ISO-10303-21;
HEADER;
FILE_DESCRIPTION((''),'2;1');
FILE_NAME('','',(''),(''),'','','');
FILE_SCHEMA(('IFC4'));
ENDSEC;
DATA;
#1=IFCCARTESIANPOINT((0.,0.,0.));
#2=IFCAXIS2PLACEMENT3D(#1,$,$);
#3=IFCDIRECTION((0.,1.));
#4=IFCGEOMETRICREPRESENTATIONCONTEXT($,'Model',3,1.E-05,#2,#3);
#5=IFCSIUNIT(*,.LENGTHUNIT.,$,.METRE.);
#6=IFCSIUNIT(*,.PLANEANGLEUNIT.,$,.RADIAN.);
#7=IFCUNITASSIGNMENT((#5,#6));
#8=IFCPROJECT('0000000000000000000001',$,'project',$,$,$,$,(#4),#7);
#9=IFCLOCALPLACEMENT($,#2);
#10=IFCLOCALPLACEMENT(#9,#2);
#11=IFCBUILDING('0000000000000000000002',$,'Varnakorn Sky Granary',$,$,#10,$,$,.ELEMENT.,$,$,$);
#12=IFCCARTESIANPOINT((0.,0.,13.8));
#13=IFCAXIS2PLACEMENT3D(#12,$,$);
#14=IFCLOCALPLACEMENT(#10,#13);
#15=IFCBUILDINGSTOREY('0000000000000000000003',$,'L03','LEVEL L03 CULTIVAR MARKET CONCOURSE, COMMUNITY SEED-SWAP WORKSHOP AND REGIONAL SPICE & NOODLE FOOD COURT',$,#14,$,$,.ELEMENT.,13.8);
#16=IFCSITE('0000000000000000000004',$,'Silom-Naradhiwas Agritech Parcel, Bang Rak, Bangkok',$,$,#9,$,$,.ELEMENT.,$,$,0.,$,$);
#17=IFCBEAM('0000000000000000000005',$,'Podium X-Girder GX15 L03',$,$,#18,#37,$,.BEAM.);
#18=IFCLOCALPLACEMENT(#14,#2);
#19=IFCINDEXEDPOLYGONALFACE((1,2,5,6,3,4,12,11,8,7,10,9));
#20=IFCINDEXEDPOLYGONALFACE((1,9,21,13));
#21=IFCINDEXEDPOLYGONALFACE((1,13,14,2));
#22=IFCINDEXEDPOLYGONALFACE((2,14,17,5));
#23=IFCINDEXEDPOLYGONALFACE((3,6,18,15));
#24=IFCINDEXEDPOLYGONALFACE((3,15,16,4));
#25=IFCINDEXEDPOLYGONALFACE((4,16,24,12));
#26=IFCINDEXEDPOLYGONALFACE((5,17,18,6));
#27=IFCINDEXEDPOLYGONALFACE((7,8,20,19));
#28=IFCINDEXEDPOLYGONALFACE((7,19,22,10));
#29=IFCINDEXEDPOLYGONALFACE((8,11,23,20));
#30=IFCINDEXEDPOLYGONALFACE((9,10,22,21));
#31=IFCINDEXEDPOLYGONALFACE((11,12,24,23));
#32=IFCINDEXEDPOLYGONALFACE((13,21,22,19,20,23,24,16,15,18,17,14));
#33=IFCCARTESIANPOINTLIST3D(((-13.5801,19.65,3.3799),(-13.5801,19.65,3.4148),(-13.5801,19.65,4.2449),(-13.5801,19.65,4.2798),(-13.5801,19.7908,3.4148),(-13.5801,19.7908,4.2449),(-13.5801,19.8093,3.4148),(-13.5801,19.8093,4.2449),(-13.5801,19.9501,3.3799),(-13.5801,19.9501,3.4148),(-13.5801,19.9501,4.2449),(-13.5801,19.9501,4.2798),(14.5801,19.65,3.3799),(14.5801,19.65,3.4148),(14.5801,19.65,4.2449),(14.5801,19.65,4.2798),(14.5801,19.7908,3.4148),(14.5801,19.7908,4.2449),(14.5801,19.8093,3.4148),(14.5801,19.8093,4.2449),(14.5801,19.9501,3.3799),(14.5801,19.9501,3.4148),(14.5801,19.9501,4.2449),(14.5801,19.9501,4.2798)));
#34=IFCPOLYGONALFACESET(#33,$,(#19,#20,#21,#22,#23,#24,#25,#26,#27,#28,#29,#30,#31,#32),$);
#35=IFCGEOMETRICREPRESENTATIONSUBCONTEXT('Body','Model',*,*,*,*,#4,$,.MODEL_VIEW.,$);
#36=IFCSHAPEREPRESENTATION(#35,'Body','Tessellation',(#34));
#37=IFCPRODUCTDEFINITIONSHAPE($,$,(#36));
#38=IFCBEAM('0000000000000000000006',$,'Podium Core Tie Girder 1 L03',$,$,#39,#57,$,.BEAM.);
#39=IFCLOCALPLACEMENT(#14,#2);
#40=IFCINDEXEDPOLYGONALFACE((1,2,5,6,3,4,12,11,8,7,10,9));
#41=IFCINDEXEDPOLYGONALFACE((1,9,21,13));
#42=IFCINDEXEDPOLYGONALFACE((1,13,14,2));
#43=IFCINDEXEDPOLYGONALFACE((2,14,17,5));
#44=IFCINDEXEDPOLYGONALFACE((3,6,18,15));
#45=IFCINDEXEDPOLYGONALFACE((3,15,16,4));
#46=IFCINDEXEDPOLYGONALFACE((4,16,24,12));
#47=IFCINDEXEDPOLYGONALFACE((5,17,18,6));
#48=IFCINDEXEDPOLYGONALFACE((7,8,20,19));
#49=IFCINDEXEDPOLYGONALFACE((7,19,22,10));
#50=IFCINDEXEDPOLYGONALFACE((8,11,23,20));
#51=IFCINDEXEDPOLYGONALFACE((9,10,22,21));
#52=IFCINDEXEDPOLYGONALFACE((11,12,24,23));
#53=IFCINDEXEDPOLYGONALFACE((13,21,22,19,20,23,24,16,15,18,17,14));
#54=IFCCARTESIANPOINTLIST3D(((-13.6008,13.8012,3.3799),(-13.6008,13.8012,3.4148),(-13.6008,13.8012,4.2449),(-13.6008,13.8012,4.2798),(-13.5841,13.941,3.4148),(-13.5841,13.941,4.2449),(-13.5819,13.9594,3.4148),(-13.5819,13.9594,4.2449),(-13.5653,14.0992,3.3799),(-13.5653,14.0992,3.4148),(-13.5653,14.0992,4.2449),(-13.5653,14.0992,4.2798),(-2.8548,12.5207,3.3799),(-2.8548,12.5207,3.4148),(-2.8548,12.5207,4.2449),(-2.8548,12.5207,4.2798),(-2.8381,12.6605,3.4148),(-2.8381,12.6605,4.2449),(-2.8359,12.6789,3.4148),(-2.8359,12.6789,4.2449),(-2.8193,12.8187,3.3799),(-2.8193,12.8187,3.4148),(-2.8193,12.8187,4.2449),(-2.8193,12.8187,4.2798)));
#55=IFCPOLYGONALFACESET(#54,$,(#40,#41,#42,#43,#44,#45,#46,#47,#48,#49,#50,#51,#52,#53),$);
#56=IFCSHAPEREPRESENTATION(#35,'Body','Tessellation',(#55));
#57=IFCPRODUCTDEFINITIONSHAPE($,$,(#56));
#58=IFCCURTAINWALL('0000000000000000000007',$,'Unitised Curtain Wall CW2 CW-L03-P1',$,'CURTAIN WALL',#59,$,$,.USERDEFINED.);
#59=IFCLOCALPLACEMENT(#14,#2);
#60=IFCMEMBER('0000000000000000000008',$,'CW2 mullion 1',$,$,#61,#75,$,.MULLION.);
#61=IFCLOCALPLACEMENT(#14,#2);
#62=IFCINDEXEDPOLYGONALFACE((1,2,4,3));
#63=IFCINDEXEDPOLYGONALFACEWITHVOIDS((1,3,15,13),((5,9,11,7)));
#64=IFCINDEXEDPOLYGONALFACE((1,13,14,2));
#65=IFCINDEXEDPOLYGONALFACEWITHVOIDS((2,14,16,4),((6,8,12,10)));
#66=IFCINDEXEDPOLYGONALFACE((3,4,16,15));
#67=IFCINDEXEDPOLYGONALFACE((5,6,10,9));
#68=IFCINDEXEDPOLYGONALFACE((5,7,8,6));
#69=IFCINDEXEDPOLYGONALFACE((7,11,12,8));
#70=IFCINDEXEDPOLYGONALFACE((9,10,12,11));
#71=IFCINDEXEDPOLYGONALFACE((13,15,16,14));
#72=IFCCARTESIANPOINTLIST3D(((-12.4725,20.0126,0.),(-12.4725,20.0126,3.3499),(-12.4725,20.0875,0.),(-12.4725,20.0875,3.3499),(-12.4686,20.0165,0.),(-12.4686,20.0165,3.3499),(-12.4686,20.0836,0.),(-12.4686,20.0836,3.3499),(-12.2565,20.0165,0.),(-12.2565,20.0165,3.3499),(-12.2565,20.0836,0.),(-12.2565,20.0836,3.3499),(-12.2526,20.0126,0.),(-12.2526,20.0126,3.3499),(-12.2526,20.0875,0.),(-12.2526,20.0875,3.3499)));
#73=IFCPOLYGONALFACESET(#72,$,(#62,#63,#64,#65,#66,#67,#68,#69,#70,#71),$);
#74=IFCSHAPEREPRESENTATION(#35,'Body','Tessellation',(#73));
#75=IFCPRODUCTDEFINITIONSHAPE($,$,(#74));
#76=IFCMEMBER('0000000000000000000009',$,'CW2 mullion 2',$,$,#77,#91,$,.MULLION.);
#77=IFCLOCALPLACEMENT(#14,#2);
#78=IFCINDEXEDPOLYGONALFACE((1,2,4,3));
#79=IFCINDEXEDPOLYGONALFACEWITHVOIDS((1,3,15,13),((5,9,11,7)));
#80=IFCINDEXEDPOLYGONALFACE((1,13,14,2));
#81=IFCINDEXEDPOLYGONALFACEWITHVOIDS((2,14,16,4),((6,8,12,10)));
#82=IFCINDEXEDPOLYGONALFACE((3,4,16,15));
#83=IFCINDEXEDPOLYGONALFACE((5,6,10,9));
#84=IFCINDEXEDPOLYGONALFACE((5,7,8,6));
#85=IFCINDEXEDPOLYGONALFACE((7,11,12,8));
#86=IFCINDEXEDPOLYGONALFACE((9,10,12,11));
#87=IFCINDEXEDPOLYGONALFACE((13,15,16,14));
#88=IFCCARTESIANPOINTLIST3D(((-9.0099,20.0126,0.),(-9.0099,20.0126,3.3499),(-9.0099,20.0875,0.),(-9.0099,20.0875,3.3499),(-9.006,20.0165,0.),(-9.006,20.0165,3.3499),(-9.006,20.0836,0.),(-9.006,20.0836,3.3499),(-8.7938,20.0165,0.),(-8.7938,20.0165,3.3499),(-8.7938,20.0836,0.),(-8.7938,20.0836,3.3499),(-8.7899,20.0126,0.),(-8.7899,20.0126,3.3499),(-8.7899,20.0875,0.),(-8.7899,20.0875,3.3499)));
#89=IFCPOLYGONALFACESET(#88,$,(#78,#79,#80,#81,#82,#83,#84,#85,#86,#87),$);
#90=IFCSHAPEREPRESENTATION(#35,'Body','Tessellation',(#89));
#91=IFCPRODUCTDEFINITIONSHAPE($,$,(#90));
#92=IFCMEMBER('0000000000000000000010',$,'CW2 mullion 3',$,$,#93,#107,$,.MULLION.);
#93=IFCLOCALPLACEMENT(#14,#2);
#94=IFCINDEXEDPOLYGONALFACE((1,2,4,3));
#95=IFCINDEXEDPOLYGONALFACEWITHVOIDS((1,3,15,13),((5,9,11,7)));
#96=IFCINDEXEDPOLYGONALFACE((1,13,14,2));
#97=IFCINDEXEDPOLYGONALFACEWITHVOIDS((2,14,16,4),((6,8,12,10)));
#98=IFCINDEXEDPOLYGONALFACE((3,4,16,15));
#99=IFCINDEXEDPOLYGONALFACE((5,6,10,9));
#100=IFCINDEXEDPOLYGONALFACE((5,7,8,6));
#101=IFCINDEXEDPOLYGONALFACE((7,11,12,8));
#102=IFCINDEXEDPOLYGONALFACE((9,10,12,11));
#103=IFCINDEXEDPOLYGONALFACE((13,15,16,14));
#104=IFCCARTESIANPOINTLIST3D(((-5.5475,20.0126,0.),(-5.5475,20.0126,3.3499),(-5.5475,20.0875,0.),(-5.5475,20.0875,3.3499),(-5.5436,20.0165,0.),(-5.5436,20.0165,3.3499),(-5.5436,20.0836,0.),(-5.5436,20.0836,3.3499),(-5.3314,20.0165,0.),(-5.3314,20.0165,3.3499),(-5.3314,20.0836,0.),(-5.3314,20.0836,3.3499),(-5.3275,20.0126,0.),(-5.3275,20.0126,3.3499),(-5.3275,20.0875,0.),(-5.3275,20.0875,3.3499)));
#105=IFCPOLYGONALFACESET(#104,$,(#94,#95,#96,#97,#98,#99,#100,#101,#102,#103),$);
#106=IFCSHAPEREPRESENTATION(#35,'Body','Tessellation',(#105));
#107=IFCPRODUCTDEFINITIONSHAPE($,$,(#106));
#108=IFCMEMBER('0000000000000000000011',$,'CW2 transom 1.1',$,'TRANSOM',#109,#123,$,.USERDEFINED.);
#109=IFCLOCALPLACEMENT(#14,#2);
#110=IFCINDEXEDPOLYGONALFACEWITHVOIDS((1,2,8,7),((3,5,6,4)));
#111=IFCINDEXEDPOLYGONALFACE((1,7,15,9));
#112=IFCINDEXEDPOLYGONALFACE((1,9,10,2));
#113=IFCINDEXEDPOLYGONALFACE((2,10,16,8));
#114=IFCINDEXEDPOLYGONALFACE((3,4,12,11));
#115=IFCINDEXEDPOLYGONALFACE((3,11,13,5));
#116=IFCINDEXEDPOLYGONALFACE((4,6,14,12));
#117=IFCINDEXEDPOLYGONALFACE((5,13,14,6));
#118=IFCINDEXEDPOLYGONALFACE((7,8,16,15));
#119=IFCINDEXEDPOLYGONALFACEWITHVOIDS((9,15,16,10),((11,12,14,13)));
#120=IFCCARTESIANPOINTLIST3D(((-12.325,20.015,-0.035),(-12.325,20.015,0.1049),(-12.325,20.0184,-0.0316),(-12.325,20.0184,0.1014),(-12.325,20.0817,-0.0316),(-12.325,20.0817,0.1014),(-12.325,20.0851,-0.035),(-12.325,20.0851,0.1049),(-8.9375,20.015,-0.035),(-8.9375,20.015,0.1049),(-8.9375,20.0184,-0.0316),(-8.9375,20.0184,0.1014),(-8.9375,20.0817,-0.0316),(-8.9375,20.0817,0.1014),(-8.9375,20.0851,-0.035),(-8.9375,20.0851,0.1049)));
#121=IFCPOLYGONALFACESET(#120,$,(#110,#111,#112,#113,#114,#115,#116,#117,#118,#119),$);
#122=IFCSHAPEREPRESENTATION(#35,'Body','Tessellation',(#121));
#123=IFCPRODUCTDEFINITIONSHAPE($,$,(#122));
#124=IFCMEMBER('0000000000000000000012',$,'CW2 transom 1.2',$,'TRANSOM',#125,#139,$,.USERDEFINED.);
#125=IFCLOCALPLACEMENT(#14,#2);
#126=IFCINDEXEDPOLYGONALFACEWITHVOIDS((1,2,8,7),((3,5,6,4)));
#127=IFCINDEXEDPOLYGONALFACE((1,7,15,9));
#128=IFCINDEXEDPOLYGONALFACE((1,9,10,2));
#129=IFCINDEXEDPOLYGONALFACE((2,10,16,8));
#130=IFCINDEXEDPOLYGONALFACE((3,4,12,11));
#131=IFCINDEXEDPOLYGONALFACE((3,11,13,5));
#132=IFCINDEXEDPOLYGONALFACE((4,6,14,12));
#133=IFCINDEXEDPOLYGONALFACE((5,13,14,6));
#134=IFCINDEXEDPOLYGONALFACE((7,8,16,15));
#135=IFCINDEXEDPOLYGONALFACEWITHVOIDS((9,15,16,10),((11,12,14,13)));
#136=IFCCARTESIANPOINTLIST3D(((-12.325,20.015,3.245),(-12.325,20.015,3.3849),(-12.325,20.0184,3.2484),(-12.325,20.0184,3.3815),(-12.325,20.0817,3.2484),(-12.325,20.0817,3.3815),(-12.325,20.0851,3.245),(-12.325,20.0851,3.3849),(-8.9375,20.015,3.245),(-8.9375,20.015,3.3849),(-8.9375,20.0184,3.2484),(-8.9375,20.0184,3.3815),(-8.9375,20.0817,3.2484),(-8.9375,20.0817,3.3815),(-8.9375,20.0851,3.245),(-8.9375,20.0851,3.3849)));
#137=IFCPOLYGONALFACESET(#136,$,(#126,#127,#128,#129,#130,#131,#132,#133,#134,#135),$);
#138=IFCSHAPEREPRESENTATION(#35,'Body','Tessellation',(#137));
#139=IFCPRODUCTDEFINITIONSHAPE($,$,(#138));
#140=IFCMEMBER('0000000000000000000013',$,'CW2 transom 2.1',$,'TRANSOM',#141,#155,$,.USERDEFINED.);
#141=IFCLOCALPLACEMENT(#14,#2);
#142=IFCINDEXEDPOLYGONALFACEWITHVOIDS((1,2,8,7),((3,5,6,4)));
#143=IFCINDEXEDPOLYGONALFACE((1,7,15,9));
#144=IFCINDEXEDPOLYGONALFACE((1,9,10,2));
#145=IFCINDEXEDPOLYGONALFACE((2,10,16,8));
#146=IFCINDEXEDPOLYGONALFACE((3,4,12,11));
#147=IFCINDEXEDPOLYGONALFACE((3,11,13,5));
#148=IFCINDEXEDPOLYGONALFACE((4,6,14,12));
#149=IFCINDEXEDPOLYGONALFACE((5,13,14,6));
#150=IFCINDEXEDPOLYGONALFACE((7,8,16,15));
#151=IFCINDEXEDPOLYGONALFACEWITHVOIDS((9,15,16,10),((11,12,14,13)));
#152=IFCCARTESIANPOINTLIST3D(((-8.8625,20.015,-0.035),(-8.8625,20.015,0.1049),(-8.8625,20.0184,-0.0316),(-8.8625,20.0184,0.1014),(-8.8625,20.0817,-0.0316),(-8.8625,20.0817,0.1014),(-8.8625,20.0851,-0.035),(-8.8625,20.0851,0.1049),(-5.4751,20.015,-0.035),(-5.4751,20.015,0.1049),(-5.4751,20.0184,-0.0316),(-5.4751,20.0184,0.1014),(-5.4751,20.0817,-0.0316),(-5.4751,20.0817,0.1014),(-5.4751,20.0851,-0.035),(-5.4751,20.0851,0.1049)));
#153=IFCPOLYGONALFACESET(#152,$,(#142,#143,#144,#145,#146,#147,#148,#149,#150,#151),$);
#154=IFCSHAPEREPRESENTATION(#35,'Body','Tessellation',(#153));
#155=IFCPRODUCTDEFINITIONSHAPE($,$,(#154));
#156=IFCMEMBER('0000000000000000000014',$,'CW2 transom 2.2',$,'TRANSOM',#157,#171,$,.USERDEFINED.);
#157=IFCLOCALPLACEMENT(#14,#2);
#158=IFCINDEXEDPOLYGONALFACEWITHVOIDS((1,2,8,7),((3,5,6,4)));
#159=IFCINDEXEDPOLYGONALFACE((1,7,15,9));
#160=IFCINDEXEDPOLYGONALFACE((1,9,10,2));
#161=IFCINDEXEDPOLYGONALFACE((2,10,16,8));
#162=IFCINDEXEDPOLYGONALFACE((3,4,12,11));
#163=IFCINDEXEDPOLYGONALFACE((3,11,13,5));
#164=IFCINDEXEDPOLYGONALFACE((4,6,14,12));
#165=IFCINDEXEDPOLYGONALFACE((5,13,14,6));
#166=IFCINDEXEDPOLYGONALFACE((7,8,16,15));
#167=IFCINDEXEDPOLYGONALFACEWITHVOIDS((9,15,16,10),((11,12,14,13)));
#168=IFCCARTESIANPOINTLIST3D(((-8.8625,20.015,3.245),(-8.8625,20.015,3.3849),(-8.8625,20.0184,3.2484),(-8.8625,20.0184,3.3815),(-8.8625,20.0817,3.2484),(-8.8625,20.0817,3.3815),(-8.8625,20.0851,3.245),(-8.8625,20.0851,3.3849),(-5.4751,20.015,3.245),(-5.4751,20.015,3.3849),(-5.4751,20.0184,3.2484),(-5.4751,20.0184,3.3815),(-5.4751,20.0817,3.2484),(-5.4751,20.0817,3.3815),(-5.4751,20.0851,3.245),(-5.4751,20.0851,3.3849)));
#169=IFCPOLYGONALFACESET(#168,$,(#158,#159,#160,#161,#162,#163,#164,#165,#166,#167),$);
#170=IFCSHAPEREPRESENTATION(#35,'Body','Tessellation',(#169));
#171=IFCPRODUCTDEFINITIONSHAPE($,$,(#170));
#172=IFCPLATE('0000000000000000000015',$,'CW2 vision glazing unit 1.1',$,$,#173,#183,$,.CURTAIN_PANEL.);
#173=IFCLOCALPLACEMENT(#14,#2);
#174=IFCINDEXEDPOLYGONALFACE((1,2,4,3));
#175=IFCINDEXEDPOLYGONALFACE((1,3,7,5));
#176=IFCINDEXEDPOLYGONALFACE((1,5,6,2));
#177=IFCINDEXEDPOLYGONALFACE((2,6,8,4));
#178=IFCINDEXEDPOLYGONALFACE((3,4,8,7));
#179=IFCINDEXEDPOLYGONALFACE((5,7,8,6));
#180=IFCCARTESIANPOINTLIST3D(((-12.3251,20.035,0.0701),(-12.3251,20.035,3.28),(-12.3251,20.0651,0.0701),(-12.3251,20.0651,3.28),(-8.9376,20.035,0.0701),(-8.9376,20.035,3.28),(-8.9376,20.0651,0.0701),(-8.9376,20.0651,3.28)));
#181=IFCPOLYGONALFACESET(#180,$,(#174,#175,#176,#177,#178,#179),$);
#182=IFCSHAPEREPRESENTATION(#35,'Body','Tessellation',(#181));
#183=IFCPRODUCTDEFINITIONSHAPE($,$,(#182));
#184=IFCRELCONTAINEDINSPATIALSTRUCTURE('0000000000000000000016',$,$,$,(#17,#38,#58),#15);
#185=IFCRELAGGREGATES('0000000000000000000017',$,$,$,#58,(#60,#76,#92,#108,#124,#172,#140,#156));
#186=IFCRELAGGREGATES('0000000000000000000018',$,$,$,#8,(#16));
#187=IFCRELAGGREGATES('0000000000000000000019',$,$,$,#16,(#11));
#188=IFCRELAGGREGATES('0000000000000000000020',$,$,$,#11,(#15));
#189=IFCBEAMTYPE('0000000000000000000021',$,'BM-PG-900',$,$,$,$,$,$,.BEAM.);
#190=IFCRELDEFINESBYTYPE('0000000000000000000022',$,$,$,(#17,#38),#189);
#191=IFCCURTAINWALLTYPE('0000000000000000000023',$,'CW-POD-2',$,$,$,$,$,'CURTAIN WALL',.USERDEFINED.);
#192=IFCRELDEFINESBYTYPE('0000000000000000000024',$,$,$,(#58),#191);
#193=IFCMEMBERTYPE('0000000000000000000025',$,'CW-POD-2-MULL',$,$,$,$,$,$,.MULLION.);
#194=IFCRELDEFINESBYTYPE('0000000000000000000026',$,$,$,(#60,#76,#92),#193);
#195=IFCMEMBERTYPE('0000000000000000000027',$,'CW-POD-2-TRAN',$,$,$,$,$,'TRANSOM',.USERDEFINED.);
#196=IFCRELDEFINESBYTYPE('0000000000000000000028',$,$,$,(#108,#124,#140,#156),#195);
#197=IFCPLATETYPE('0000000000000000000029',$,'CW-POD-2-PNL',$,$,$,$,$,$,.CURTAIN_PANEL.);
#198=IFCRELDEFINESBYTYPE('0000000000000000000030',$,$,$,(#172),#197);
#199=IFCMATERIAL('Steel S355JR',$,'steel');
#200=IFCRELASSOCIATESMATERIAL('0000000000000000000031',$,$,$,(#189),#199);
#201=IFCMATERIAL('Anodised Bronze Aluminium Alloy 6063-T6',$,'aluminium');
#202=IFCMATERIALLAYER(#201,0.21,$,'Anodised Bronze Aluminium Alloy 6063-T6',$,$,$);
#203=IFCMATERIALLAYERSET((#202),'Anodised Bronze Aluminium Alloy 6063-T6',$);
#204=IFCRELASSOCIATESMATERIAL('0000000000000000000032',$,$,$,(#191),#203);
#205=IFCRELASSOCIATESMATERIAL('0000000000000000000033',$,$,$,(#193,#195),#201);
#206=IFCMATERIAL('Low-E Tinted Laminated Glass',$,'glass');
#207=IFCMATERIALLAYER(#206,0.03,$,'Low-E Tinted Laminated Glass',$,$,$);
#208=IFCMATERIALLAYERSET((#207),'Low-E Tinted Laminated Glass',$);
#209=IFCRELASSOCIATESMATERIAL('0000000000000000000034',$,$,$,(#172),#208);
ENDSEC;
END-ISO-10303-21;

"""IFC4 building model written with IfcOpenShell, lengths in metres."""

from ifc_helpers import new_model, si_unit, direction, frame, origin, origin_2d, place, context, subcontext, project, spatial, rectangle, hollow_rectangle, i_section, extrude, source, transform, mapped, material, layer, layer_set, material_profile, profile_set, type_object, type_shapes, element, aggregate, save


model = new_model("IFC4")

# Units and contexts
model_context = context("Model", 3, precision=1e-05, world=origin(), true_north=direction((0.0, 1.0)))
body_context = subcontext(model_context, "Body", "Model", "MODEL_VIEW")
ifc_project = project(units=[si_unit("LENGTHUNIT", "METRE"), si_unit("PLANEANGLEUNIT", "RADIAN")], contexts=[model_context])

# Site, building, storey
site_placement = place(None, origin())
site = spatial("IfcSite", under=ifc_project, at=site_placement, Name="Silom-Naradhiwas Agritech Parcel, Bang Rak, Bangkok", CompositionType="ELEMENT", RefElevation=0.0)
building_placement = place(site_placement, origin())
building = spatial("IfcBuilding", under=site, at=building_placement, Name="Varnakorn Sky Granary", CompositionType="ELEMENT")
storey_placement = place(building_placement, frame((0.0, 0.0, 13.8)))
storey = spatial("IfcBuildingStorey", under=building, at=storey_placement, Name="L03", Description="LEVEL L03 CULTIVAR MARKET CONCOURSE, COMMUNITY SEED-SWAP WORKSHOP AND REGIONAL SPICE & NOODLE FOOD COURT", CompositionType="ELEMENT", Elevation=13.8)

# Beams
ifc_material_1 = material(Name="Steel S355JR", Category="steel")
ifc_material_profile_1 = material_profile(ifc_material_1, i_section(OverallWidth=0.3, OverallDepth=0.8999, WebThickness=0.0186, FlangeThickness=0.0349, at=origin_2d()), Name="HE 900 B")
ifc_profile_set_1 = profile_set([ifc_material_profile_1], Name="Steel S355JR")
beam_type_1 = type_object("IfcBeamType", Name="BM-PG-900", PredefinedType="BEAM", material=ifc_profile_set_1)
beam_1_placement = place(storey_placement, frame((-13.5801, 19.8, 3.8298), z_axis=(1.0, 0.0, 0.0), x_axis=(0.0, 1.0, 0.0)))
element("IfcBeam", 1, at=beam_1_placement, inside=storey, type_object=beam_type_1, Name="Podium X-Girder GX15 L03", PredefinedType="BEAM", context=body_context, shape_type="SweptSolid", body=[
    extrude(i_section(OverallWidth=0.3, OverallDepth=0.8999, WebThickness=0.0186, FlangeThickness=0.0349, at=origin_2d()), origin(), (0.0, 0.0, 1.0), 28.1602),
])
beam_2_placement = place(storey_placement, frame((-13.583, 13.9502, 3.8298), z_axis=(0.992975, -0.118324, 0.0), x_axis=(0.118324, 0.992975, 0.0)))
element("IfcBeam", 2, at=beam_2_placement, inside=storey, type_object=beam_type_1, Name="Podium Core Tie Girder 1 L03", PredefinedType="BEAM", context=body_context, shape_type="SweptSolid", body=[
    extrude(i_section(OverallWidth=0.3, OverallDepth=0.8999, WebThickness=0.0186, FlangeThickness=0.0349, at=origin_2d()), origin(), (0.0, 0.0, 1.0), 10.822),
])

# Curtain wall, members, plate
ifc_material_2 = material(Name="Anodised Bronze Aluminium Alloy 6063-T6", Category="aluminium")
ifc_layer_1 = layer(ifc_material_2, 0.21, Name="Anodised Bronze Aluminium Alloy 6063-T6")
ifc_layer_set_1 = layer_set([ifc_layer_1], Name="Anodised Bronze Aluminium Alloy 6063-T6")
curtain_wall_type = type_object("IfcCurtainWallType", Name="CW-POD-2", ElementType="CURTAIN WALL", PredefinedType="USERDEFINED", material=ifc_layer_set_1)
curtain_wall_placement = place(storey_placement, origin())
curtain_wall = element("IfcCurtainWall", 3, at=curtain_wall_placement, inside=storey, type_object=curtain_wall_type, Name="Unitised Curtain Wall CW2 CW-L03-P1", ObjectType="CURTAIN WALL", PredefinedType="USERDEFINED")
ifc_material_profile_2 = material_profile(ifc_material_2, hollow_rectangle(XDim=0.075, YDim=0.22, WallThickness=0.0039, at=origin_2d()), Name="ALU MULL 75x220")
ifc_profile_set_2 = profile_set([ifc_material_profile_2], Name="Anodised Bronze Aluminium Alloy 6063-T6")
member_type_1 = type_object("IfcMemberType", Name="CW-POD-2-MULL", PredefinedType="MULLION", material=ifc_profile_set_2)
member_1_placement = place(storey_placement, frame((-12.3625, 20.05, 0.0), z_axis=(0.0, 0.0, 1.0), x_axis=(0.0, 1.0, 0.0)))
member_1 = element("IfcMember", 4, at=member_1_placement, type_object=member_type_1, Name="CW2 mullion 1", PredefinedType="MULLION", context=body_context, shape_type="SweptSolid", body=[
    extrude(hollow_rectangle(XDim=0.075, YDim=0.22, WallThickness=0.0039, at=origin_2d()), origin(), (0.0, 0.0, 1.0), 3.3499),
])
member_2_placement = place(storey_placement, frame((-8.8999, 20.05, 0.0), z_axis=(0.0, 0.0, 1.0), x_axis=(0.0, 1.0, 0.0)))
member_2 = element("IfcMember", 5, at=member_2_placement, type_object=member_type_1, Name="CW2 mullion 2", PredefinedType="MULLION", context=body_context, shape_type="SweptSolid", body=[
    extrude(hollow_rectangle(XDim=0.075, YDim=0.22, WallThickness=0.0039, at=origin_2d()), origin(), (0.0, 0.0, 1.0), 3.3499),
])
member_3_placement = place(storey_placement, frame((-5.4375, 20.05, 0.0), z_axis=(0.0, 0.0, 1.0), x_axis=(0.0, 1.0, 0.0)))
member_3 = element("IfcMember", 6, at=member_3_placement, type_object=member_type_1, Name="CW2 mullion 3", PredefinedType="MULLION", context=body_context, shape_type="SweptSolid", body=[
    extrude(hollow_rectangle(XDim=0.075, YDim=0.22, WallThickness=0.0039, at=origin_2d()), origin(), (0.0, 0.0, 1.0), 3.3499),
])
ifc_material_profile_3 = material_profile(ifc_material_2, hollow_rectangle(XDim=0.0701, YDim=0.1399, WallThickness=0.0034, at=origin_2d()), Name="ALU TRAN 70x140")
ifc_profile_set_3 = profile_set([ifc_material_profile_3], Name="Anodised Bronze Aluminium Alloy 6063-T6")
member_type_2 = type_object("IfcMemberType", Name="CW-POD-2-TRAN", ElementType="TRANSOM", PredefinedType="USERDEFINED", material=ifc_profile_set_3)
member_4_placement = place(storey_placement, frame((-12.325, 20.05, 0.0349), z_axis=(1.0, 0.0, 0.0), x_axis=(0.0, 1.0, 0.0)))
member_4 = element("IfcMember", 7, at=member_4_placement, type_object=member_type_2, Name="CW2 transom 1.1", ObjectType="TRANSOM", PredefinedType="USERDEFINED", context=body_context, shape_type="SweptSolid", body=[
    extrude(hollow_rectangle(XDim=0.0701, YDim=0.1399, WallThickness=0.0034, at=origin_2d()), origin(), (0.0, 0.0, 1.0), 3.3875),
])
member_5_placement = place(storey_placement, frame((-12.325, 20.05, 3.3149), z_axis=(1.0, 0.0, 0.0), x_axis=(0.0, 1.0, 0.0)))
member_5 = element("IfcMember", 8, at=member_5_placement, type_object=member_type_2, Name="CW2 transom 1.2", ObjectType="TRANSOM", PredefinedType="USERDEFINED", context=body_context, shape_type="SweptSolid", body=[
    extrude(hollow_rectangle(XDim=0.0701, YDim=0.1399, WallThickness=0.0034, at=origin_2d()), origin(), (0.0, 0.0, 1.0), 3.3875),
])
member_6_placement = place(storey_placement, frame((-8.8625, 20.05, 0.0349), z_axis=(1.0, 0.0, 0.0), x_axis=(0.0, 1.0, 0.0)))
member_6 = element("IfcMember", 9, at=member_6_placement, type_object=member_type_2, Name="CW2 transom 2.1", ObjectType="TRANSOM", PredefinedType="USERDEFINED", context=body_context, shape_type="SweptSolid", body=[
    extrude(hollow_rectangle(XDim=0.0701, YDim=0.1399, WallThickness=0.0034, at=origin_2d()), origin(), (0.0, 0.0, 1.0), 3.3875),
])
member_7_placement = place(storey_placement, frame((-8.8625, 20.05, 3.3149), z_axis=(1.0, 0.0, 0.0), x_axis=(0.0, 1.0, 0.0)))
member_7 = element("IfcMember", 10, at=member_7_placement, type_object=member_type_2, Name="CW2 transom 2.2", ObjectType="TRANSOM", PredefinedType="USERDEFINED", context=body_context, shape_type="SweptSolid", body=[
    extrude(hollow_rectangle(XDim=0.0701, YDim=0.1399, WallThickness=0.0034, at=origin_2d()), origin(), (0.0, 0.0, 1.0), 3.3875),
])
ifc_material_3 = material(Name="Low-E Tinted Laminated Glass", Category="glass")
ifc_layer_2 = layer(ifc_material_3, 0.03, Name="Low-E Tinted Laminated Glass")
ifc_layer_set_2 = layer_set([ifc_layer_2], Name="Low-E Tinted Laminated Glass")
plate_type = type_object("IfcPlateType", Name="CW-POD-2-PNL", PredefinedType="CURTAIN_PANEL")
shared_shape = source(origin(), body_context, "Body", "SweptSolid", [
    extrude(rectangle(XDim=3.3875, YDim=0.03, at=origin_2d()), origin(), (0.0, 0.0, 1.0), 3.21),
])
type_shapes(plate_type, [shared_shape])
plate_1_placement = place(storey_placement, frame((-10.6313, 20.05, 0.0701), z_axis=(0.0, 0.0, 1.0), x_axis=(1.0, 0.0, 0.0)))
plate_1 = element("IfcPlate", 11, at=plate_1_placement, type_object=plate_type, material=ifc_layer_set_2, Name="CW2 vision glazing unit 1.1", PredefinedType="CURTAIN_PANEL", context=body_context, shape_type="MappedRepresentation", body=[
    mapped(shared_shape, transform((0.0, 0.0, 0.0), x_axis=(1.0, 0.0, 0.0), y_axis=(0.0, 1.0, 0.0), z_axis=(0.0, 0.0, 1.0), scale=1.0)),
])
aggregate(curtain_wall, [member_1, member_2, member_3, member_4, member_5, plate_1, member_6, member_7])

save(model, "model.ifc")
